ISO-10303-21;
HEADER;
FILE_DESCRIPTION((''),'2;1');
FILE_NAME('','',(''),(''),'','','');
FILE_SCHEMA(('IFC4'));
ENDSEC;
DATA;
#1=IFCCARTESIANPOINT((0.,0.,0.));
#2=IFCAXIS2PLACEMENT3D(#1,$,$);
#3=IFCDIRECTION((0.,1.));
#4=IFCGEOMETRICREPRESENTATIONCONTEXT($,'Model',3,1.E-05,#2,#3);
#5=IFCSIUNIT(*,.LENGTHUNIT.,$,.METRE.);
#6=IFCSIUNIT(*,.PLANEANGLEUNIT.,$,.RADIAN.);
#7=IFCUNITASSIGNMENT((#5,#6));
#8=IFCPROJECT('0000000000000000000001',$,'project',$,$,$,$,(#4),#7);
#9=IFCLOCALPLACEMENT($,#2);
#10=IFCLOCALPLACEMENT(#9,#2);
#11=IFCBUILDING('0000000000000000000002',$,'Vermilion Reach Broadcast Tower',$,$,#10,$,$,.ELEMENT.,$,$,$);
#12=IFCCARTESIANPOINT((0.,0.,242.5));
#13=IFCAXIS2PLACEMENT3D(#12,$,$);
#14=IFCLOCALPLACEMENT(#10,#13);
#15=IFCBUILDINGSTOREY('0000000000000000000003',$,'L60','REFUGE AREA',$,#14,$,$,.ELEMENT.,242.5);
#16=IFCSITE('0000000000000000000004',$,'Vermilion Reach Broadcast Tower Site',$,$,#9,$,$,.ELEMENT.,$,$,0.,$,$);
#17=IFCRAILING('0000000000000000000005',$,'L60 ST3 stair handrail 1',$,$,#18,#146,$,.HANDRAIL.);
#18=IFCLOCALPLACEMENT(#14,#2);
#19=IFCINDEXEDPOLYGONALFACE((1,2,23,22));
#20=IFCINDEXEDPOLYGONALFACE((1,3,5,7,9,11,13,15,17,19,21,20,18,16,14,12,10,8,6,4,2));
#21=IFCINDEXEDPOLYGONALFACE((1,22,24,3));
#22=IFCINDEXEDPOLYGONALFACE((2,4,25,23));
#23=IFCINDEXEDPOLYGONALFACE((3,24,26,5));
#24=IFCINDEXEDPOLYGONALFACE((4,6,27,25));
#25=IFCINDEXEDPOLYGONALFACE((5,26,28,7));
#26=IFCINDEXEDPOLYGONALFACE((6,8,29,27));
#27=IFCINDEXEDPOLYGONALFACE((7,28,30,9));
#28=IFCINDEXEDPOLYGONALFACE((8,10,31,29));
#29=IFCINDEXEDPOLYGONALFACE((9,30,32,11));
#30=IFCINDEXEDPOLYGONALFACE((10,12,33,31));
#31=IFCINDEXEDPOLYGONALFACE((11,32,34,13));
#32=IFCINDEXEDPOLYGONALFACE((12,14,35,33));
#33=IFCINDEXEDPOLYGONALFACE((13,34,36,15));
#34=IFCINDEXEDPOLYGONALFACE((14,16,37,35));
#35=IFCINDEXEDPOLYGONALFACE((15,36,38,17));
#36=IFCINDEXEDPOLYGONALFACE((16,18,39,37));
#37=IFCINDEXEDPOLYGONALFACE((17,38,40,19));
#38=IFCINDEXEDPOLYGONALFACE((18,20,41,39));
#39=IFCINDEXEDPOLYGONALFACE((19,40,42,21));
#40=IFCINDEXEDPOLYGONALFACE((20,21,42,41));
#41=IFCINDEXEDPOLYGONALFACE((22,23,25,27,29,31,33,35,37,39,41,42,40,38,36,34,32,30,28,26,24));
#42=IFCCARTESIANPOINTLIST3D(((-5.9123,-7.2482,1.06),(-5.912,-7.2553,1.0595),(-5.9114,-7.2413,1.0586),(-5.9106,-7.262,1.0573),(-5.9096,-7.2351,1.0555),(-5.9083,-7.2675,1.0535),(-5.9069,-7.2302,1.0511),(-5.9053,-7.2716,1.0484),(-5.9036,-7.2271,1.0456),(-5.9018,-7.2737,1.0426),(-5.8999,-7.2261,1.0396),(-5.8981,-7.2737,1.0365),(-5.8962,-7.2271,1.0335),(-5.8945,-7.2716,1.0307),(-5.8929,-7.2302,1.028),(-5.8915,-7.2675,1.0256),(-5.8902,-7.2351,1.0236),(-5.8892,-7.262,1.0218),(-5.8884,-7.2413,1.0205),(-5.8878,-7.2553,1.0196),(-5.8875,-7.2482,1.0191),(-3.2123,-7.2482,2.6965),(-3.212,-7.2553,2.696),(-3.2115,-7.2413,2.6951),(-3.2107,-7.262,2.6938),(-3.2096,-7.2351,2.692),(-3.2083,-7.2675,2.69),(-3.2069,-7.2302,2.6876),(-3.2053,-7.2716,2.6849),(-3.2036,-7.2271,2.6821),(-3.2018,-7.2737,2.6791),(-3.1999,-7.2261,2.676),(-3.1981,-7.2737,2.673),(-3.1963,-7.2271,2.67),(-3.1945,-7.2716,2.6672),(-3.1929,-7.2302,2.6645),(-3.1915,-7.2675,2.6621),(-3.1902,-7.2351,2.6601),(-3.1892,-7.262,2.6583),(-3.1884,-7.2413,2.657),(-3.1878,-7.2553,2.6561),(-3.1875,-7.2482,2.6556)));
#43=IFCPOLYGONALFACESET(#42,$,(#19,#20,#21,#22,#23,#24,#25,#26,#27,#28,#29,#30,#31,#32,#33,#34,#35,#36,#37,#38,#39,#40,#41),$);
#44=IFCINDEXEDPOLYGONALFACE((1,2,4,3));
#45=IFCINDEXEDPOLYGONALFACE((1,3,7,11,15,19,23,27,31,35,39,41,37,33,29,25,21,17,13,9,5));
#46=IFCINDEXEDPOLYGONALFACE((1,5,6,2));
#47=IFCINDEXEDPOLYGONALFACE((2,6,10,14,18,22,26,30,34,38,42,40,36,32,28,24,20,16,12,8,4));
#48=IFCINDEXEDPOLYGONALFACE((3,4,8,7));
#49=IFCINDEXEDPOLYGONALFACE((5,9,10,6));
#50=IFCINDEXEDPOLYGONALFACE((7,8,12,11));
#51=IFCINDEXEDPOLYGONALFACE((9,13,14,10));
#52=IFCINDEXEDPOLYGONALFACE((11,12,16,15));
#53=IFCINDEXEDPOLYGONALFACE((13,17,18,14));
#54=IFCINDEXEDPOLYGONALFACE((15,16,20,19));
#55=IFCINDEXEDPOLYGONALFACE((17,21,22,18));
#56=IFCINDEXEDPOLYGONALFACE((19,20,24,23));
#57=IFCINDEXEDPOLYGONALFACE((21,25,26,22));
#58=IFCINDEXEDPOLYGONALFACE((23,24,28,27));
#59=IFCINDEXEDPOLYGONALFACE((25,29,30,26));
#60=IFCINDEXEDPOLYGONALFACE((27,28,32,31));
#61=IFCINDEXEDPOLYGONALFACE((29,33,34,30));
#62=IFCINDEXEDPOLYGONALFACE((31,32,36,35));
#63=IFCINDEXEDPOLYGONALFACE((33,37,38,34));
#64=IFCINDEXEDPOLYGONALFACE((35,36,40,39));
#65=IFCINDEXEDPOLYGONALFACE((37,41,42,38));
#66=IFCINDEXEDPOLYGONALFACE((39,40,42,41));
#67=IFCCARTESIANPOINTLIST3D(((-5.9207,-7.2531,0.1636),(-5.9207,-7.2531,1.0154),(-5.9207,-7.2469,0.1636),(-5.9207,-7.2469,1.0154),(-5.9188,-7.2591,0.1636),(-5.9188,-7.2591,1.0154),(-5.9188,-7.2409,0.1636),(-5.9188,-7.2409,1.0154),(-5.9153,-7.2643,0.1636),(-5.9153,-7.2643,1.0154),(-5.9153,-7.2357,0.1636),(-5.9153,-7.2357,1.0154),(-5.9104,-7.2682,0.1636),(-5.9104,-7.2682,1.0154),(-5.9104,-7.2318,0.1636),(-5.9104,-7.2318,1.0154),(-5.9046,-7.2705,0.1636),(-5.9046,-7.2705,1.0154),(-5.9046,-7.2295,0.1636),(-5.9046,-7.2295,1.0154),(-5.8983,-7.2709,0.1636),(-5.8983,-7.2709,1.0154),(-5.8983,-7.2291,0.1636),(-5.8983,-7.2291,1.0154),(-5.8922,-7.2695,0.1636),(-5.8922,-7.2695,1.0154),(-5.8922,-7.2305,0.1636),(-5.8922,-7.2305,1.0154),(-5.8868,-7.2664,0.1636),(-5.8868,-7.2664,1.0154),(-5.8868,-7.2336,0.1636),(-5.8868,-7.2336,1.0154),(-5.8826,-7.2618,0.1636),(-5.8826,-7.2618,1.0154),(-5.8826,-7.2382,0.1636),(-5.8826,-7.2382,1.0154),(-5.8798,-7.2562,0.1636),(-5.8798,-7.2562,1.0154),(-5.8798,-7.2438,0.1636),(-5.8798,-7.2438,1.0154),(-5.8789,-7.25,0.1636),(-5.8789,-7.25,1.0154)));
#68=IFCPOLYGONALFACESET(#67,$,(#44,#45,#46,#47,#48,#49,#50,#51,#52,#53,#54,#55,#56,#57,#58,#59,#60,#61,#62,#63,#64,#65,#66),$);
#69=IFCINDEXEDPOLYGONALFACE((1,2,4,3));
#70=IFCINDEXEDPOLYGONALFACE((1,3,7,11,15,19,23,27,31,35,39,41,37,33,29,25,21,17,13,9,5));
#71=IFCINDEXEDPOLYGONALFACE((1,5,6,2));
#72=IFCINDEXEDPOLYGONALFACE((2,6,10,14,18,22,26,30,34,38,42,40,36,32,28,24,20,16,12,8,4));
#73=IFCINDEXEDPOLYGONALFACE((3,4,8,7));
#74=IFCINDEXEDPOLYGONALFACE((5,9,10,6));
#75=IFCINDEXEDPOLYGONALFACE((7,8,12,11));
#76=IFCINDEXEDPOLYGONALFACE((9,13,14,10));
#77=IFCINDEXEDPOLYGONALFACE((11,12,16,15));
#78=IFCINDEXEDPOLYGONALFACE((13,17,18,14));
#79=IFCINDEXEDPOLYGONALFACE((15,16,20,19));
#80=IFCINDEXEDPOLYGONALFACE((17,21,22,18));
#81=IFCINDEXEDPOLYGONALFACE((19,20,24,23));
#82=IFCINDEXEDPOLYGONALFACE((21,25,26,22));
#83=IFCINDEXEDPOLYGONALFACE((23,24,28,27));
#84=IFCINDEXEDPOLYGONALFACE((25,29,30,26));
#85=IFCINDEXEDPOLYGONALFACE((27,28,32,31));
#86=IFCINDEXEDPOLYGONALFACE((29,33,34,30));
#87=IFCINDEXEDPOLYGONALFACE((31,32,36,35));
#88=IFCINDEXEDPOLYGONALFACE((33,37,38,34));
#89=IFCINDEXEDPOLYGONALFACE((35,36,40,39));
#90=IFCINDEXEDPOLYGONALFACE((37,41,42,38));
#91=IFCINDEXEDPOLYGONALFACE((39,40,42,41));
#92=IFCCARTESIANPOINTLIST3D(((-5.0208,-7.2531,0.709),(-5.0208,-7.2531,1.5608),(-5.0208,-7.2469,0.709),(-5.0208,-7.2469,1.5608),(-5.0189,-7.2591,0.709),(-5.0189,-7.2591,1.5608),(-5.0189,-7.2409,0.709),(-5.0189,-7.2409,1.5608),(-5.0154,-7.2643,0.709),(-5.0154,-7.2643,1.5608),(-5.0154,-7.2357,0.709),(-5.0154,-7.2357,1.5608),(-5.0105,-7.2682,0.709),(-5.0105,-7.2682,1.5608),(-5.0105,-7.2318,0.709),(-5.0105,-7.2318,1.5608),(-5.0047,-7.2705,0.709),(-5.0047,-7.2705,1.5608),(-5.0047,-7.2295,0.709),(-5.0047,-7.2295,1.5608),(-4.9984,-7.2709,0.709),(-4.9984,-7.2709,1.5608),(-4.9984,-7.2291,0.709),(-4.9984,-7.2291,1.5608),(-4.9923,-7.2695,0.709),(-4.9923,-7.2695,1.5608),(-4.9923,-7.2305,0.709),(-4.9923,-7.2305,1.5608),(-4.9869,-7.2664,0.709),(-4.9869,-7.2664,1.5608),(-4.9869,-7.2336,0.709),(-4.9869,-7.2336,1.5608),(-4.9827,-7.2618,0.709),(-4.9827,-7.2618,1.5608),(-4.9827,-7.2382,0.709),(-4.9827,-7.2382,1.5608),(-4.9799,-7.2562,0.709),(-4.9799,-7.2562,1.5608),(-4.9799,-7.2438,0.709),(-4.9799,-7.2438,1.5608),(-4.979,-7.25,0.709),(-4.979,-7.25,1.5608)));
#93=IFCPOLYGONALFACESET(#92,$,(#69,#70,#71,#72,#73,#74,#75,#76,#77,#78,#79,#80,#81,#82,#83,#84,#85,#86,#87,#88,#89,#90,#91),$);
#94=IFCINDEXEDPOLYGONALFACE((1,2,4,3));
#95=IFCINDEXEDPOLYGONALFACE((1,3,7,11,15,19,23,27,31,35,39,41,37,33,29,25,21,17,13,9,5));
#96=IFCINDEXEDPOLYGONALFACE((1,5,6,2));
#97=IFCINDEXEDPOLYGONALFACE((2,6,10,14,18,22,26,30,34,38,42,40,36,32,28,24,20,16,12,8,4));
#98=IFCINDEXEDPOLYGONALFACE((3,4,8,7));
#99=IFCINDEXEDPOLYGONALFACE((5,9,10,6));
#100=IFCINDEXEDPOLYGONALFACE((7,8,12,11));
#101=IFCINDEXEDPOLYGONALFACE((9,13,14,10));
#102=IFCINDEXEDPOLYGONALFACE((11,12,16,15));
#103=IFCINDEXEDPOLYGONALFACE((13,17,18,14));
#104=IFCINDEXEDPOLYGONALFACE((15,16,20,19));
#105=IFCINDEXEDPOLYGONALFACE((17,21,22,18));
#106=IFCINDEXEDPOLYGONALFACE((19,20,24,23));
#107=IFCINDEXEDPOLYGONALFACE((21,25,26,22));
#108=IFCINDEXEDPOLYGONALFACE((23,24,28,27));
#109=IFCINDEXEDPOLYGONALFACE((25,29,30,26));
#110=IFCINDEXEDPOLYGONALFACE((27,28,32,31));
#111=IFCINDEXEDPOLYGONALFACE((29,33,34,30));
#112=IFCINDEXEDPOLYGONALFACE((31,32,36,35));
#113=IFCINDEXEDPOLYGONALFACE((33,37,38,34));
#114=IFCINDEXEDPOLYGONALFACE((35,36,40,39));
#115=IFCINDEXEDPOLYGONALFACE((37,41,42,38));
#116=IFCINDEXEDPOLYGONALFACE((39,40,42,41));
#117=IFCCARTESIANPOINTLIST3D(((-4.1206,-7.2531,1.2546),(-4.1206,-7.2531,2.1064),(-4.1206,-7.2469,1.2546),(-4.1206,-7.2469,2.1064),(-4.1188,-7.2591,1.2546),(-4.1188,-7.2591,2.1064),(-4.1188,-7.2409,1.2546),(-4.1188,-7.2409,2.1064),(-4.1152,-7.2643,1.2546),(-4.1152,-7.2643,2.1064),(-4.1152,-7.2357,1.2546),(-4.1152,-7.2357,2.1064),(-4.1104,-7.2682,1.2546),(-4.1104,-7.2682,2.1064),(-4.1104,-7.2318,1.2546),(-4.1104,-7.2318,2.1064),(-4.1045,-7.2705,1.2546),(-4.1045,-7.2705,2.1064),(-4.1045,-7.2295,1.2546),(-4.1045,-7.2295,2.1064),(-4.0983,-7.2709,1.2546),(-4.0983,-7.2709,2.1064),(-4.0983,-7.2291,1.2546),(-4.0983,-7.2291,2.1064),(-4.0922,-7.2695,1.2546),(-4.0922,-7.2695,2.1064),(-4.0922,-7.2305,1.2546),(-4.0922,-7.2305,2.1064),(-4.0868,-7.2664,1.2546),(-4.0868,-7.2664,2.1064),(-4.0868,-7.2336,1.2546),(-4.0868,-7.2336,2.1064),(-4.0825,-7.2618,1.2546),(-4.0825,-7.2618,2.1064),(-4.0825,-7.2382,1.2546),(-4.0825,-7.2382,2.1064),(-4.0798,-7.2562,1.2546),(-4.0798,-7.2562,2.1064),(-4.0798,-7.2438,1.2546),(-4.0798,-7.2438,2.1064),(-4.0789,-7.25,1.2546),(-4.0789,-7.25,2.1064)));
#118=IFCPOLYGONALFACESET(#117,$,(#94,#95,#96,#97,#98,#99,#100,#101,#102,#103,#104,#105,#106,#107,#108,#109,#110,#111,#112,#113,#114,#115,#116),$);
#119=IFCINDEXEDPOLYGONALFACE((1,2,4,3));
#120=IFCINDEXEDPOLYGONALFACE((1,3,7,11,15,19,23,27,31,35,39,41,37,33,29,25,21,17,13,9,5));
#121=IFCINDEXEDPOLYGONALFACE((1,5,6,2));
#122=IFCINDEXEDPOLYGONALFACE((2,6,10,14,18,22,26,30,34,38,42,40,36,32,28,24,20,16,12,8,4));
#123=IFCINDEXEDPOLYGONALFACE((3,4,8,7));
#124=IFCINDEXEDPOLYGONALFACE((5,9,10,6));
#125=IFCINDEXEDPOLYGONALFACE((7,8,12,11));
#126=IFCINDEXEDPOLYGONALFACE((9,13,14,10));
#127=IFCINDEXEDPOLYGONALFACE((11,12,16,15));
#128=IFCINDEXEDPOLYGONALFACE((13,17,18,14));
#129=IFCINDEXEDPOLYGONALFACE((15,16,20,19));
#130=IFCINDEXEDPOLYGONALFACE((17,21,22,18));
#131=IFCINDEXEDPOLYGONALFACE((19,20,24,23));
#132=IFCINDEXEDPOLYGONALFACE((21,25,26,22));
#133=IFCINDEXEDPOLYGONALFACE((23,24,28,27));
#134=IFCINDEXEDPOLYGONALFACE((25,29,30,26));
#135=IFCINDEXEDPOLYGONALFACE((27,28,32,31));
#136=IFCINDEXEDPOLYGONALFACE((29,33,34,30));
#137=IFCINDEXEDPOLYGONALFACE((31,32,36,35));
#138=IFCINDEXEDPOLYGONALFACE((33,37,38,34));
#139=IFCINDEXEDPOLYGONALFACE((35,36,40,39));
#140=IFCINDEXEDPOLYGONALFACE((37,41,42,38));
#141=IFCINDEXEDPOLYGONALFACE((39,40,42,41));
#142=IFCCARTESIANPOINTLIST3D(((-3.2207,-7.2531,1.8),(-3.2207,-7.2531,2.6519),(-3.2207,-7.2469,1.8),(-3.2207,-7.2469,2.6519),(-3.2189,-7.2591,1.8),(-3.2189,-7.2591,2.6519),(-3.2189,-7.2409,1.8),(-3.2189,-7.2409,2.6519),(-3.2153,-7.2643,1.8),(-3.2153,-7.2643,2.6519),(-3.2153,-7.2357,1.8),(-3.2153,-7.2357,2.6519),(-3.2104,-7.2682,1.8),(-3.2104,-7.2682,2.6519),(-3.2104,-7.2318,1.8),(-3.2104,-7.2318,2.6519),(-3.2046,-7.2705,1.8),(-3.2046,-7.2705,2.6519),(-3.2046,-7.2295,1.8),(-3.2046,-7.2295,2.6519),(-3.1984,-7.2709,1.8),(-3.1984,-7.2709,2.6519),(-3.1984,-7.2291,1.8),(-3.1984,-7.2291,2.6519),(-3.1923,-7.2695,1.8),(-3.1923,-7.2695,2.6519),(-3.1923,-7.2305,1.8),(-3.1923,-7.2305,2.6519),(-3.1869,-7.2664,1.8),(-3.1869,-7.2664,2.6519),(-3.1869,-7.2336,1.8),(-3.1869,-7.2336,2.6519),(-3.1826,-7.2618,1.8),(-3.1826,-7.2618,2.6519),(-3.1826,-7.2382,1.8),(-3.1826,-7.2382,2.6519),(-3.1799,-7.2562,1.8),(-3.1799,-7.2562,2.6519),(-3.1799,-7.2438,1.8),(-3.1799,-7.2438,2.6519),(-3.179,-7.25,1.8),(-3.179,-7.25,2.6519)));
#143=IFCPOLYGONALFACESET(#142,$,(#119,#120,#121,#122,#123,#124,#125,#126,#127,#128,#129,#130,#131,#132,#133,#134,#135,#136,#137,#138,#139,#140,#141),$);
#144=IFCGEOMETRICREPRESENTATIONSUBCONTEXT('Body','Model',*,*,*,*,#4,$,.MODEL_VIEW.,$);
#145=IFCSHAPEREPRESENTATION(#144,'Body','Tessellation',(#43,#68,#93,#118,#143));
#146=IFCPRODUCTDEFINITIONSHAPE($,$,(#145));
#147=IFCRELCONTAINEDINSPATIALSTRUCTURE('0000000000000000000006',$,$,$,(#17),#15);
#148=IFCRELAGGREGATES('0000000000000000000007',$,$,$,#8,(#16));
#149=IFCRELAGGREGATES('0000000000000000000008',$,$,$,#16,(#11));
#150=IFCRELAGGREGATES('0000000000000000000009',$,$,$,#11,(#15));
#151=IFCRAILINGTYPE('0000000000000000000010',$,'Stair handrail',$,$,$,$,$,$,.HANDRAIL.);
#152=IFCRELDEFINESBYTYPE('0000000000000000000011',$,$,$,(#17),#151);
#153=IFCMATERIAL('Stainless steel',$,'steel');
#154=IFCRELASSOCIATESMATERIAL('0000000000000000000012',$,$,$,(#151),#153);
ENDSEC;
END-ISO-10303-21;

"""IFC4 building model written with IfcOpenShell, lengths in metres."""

from ifc_helpers import new_model, si_unit, direction, frame, origin, origin_2d, place, context, subcontext, project, spatial, circle, extrude, material, type_object, element, save


model = new_model("IFC4")

# Units and contexts
model_context = context("Model", 3, precision=1e-05, world=origin(), true_north=direction((0.0, 1.0)))
body_context = subcontext(model_context, "Body", "Model", "MODEL_VIEW")
ifc_project = project(units=[si_unit("LENGTHUNIT", "METRE"), si_unit("PLANEANGLEUNIT", "RADIAN")], contexts=[model_context])

# Site, building, storey
site_placement = place(None, origin())
site = spatial("IfcSite", under=ifc_project, at=site_placement, Name="Vermilion Reach Broadcast Tower Site", CompositionType="ELEMENT", RefElevation=0.0)
building_placement = place(site_placement, origin())
building = spatial("IfcBuilding", under=site, at=building_placement, Name="Vermilion Reach Broadcast Tower", CompositionType="ELEMENT")
storey_placement = place(building_placement, frame((0.0, 0.0, 242.5)))
storey = spatial("IfcBuildingStorey", under=building, at=storey_placement, Name="L60", Description="REFUGE AREA", CompositionType="ELEMENT", Elevation=242.5)

# Railing
ifc_material_1 = material(Name="Stainless steel", Category="steel")
railing_type_1 = type_object("IfcRailingType", Name="Stair handrail", PredefinedType="HANDRAIL", material=ifc_material_1)
railing_1_placement = place(storey_placement, frame((-5.8999, -7.25, 0.1636)))
element("IfcRailing", 1, at=railing_1_placement, inside=storey, type_object=railing_type_1, Name="L60 ST3 stair handrail 1", PredefinedType="HANDRAIL", context=body_context, shape_type="SweptSolid", body=[
    extrude(circle(Radius=0.0239, at=origin_2d()), frame((0.0, 0.0, 0.876), z_axis=(0.855178, 0.0, 0.518334), x_axis=(0.0, 1.0, 0.0)), (0.0, 0.0, 1.0), 3.1572),
    extrude(circle(Radius=0.021, at=origin_2d()), origin(), (0.0, 0.0, 1.0), 0.8518),
    extrude(circle(Radius=0.021, at=origin_2d()), frame((0.8999, 0.0, 0.5454)), (0.0, 0.0, 1.0), 0.8518),
    extrude(circle(Radius=0.021, at=origin_2d()), frame((1.8, 0.0, 1.0911)), (0.0, 0.0, 1.0), 0.8518),
    extrude(circle(Radius=0.021, at=origin_2d()), frame((2.7, 0.0, 1.6365)), (0.0, 0.0, 1.0), 0.8518),
])

save(model, "model.ifc")
